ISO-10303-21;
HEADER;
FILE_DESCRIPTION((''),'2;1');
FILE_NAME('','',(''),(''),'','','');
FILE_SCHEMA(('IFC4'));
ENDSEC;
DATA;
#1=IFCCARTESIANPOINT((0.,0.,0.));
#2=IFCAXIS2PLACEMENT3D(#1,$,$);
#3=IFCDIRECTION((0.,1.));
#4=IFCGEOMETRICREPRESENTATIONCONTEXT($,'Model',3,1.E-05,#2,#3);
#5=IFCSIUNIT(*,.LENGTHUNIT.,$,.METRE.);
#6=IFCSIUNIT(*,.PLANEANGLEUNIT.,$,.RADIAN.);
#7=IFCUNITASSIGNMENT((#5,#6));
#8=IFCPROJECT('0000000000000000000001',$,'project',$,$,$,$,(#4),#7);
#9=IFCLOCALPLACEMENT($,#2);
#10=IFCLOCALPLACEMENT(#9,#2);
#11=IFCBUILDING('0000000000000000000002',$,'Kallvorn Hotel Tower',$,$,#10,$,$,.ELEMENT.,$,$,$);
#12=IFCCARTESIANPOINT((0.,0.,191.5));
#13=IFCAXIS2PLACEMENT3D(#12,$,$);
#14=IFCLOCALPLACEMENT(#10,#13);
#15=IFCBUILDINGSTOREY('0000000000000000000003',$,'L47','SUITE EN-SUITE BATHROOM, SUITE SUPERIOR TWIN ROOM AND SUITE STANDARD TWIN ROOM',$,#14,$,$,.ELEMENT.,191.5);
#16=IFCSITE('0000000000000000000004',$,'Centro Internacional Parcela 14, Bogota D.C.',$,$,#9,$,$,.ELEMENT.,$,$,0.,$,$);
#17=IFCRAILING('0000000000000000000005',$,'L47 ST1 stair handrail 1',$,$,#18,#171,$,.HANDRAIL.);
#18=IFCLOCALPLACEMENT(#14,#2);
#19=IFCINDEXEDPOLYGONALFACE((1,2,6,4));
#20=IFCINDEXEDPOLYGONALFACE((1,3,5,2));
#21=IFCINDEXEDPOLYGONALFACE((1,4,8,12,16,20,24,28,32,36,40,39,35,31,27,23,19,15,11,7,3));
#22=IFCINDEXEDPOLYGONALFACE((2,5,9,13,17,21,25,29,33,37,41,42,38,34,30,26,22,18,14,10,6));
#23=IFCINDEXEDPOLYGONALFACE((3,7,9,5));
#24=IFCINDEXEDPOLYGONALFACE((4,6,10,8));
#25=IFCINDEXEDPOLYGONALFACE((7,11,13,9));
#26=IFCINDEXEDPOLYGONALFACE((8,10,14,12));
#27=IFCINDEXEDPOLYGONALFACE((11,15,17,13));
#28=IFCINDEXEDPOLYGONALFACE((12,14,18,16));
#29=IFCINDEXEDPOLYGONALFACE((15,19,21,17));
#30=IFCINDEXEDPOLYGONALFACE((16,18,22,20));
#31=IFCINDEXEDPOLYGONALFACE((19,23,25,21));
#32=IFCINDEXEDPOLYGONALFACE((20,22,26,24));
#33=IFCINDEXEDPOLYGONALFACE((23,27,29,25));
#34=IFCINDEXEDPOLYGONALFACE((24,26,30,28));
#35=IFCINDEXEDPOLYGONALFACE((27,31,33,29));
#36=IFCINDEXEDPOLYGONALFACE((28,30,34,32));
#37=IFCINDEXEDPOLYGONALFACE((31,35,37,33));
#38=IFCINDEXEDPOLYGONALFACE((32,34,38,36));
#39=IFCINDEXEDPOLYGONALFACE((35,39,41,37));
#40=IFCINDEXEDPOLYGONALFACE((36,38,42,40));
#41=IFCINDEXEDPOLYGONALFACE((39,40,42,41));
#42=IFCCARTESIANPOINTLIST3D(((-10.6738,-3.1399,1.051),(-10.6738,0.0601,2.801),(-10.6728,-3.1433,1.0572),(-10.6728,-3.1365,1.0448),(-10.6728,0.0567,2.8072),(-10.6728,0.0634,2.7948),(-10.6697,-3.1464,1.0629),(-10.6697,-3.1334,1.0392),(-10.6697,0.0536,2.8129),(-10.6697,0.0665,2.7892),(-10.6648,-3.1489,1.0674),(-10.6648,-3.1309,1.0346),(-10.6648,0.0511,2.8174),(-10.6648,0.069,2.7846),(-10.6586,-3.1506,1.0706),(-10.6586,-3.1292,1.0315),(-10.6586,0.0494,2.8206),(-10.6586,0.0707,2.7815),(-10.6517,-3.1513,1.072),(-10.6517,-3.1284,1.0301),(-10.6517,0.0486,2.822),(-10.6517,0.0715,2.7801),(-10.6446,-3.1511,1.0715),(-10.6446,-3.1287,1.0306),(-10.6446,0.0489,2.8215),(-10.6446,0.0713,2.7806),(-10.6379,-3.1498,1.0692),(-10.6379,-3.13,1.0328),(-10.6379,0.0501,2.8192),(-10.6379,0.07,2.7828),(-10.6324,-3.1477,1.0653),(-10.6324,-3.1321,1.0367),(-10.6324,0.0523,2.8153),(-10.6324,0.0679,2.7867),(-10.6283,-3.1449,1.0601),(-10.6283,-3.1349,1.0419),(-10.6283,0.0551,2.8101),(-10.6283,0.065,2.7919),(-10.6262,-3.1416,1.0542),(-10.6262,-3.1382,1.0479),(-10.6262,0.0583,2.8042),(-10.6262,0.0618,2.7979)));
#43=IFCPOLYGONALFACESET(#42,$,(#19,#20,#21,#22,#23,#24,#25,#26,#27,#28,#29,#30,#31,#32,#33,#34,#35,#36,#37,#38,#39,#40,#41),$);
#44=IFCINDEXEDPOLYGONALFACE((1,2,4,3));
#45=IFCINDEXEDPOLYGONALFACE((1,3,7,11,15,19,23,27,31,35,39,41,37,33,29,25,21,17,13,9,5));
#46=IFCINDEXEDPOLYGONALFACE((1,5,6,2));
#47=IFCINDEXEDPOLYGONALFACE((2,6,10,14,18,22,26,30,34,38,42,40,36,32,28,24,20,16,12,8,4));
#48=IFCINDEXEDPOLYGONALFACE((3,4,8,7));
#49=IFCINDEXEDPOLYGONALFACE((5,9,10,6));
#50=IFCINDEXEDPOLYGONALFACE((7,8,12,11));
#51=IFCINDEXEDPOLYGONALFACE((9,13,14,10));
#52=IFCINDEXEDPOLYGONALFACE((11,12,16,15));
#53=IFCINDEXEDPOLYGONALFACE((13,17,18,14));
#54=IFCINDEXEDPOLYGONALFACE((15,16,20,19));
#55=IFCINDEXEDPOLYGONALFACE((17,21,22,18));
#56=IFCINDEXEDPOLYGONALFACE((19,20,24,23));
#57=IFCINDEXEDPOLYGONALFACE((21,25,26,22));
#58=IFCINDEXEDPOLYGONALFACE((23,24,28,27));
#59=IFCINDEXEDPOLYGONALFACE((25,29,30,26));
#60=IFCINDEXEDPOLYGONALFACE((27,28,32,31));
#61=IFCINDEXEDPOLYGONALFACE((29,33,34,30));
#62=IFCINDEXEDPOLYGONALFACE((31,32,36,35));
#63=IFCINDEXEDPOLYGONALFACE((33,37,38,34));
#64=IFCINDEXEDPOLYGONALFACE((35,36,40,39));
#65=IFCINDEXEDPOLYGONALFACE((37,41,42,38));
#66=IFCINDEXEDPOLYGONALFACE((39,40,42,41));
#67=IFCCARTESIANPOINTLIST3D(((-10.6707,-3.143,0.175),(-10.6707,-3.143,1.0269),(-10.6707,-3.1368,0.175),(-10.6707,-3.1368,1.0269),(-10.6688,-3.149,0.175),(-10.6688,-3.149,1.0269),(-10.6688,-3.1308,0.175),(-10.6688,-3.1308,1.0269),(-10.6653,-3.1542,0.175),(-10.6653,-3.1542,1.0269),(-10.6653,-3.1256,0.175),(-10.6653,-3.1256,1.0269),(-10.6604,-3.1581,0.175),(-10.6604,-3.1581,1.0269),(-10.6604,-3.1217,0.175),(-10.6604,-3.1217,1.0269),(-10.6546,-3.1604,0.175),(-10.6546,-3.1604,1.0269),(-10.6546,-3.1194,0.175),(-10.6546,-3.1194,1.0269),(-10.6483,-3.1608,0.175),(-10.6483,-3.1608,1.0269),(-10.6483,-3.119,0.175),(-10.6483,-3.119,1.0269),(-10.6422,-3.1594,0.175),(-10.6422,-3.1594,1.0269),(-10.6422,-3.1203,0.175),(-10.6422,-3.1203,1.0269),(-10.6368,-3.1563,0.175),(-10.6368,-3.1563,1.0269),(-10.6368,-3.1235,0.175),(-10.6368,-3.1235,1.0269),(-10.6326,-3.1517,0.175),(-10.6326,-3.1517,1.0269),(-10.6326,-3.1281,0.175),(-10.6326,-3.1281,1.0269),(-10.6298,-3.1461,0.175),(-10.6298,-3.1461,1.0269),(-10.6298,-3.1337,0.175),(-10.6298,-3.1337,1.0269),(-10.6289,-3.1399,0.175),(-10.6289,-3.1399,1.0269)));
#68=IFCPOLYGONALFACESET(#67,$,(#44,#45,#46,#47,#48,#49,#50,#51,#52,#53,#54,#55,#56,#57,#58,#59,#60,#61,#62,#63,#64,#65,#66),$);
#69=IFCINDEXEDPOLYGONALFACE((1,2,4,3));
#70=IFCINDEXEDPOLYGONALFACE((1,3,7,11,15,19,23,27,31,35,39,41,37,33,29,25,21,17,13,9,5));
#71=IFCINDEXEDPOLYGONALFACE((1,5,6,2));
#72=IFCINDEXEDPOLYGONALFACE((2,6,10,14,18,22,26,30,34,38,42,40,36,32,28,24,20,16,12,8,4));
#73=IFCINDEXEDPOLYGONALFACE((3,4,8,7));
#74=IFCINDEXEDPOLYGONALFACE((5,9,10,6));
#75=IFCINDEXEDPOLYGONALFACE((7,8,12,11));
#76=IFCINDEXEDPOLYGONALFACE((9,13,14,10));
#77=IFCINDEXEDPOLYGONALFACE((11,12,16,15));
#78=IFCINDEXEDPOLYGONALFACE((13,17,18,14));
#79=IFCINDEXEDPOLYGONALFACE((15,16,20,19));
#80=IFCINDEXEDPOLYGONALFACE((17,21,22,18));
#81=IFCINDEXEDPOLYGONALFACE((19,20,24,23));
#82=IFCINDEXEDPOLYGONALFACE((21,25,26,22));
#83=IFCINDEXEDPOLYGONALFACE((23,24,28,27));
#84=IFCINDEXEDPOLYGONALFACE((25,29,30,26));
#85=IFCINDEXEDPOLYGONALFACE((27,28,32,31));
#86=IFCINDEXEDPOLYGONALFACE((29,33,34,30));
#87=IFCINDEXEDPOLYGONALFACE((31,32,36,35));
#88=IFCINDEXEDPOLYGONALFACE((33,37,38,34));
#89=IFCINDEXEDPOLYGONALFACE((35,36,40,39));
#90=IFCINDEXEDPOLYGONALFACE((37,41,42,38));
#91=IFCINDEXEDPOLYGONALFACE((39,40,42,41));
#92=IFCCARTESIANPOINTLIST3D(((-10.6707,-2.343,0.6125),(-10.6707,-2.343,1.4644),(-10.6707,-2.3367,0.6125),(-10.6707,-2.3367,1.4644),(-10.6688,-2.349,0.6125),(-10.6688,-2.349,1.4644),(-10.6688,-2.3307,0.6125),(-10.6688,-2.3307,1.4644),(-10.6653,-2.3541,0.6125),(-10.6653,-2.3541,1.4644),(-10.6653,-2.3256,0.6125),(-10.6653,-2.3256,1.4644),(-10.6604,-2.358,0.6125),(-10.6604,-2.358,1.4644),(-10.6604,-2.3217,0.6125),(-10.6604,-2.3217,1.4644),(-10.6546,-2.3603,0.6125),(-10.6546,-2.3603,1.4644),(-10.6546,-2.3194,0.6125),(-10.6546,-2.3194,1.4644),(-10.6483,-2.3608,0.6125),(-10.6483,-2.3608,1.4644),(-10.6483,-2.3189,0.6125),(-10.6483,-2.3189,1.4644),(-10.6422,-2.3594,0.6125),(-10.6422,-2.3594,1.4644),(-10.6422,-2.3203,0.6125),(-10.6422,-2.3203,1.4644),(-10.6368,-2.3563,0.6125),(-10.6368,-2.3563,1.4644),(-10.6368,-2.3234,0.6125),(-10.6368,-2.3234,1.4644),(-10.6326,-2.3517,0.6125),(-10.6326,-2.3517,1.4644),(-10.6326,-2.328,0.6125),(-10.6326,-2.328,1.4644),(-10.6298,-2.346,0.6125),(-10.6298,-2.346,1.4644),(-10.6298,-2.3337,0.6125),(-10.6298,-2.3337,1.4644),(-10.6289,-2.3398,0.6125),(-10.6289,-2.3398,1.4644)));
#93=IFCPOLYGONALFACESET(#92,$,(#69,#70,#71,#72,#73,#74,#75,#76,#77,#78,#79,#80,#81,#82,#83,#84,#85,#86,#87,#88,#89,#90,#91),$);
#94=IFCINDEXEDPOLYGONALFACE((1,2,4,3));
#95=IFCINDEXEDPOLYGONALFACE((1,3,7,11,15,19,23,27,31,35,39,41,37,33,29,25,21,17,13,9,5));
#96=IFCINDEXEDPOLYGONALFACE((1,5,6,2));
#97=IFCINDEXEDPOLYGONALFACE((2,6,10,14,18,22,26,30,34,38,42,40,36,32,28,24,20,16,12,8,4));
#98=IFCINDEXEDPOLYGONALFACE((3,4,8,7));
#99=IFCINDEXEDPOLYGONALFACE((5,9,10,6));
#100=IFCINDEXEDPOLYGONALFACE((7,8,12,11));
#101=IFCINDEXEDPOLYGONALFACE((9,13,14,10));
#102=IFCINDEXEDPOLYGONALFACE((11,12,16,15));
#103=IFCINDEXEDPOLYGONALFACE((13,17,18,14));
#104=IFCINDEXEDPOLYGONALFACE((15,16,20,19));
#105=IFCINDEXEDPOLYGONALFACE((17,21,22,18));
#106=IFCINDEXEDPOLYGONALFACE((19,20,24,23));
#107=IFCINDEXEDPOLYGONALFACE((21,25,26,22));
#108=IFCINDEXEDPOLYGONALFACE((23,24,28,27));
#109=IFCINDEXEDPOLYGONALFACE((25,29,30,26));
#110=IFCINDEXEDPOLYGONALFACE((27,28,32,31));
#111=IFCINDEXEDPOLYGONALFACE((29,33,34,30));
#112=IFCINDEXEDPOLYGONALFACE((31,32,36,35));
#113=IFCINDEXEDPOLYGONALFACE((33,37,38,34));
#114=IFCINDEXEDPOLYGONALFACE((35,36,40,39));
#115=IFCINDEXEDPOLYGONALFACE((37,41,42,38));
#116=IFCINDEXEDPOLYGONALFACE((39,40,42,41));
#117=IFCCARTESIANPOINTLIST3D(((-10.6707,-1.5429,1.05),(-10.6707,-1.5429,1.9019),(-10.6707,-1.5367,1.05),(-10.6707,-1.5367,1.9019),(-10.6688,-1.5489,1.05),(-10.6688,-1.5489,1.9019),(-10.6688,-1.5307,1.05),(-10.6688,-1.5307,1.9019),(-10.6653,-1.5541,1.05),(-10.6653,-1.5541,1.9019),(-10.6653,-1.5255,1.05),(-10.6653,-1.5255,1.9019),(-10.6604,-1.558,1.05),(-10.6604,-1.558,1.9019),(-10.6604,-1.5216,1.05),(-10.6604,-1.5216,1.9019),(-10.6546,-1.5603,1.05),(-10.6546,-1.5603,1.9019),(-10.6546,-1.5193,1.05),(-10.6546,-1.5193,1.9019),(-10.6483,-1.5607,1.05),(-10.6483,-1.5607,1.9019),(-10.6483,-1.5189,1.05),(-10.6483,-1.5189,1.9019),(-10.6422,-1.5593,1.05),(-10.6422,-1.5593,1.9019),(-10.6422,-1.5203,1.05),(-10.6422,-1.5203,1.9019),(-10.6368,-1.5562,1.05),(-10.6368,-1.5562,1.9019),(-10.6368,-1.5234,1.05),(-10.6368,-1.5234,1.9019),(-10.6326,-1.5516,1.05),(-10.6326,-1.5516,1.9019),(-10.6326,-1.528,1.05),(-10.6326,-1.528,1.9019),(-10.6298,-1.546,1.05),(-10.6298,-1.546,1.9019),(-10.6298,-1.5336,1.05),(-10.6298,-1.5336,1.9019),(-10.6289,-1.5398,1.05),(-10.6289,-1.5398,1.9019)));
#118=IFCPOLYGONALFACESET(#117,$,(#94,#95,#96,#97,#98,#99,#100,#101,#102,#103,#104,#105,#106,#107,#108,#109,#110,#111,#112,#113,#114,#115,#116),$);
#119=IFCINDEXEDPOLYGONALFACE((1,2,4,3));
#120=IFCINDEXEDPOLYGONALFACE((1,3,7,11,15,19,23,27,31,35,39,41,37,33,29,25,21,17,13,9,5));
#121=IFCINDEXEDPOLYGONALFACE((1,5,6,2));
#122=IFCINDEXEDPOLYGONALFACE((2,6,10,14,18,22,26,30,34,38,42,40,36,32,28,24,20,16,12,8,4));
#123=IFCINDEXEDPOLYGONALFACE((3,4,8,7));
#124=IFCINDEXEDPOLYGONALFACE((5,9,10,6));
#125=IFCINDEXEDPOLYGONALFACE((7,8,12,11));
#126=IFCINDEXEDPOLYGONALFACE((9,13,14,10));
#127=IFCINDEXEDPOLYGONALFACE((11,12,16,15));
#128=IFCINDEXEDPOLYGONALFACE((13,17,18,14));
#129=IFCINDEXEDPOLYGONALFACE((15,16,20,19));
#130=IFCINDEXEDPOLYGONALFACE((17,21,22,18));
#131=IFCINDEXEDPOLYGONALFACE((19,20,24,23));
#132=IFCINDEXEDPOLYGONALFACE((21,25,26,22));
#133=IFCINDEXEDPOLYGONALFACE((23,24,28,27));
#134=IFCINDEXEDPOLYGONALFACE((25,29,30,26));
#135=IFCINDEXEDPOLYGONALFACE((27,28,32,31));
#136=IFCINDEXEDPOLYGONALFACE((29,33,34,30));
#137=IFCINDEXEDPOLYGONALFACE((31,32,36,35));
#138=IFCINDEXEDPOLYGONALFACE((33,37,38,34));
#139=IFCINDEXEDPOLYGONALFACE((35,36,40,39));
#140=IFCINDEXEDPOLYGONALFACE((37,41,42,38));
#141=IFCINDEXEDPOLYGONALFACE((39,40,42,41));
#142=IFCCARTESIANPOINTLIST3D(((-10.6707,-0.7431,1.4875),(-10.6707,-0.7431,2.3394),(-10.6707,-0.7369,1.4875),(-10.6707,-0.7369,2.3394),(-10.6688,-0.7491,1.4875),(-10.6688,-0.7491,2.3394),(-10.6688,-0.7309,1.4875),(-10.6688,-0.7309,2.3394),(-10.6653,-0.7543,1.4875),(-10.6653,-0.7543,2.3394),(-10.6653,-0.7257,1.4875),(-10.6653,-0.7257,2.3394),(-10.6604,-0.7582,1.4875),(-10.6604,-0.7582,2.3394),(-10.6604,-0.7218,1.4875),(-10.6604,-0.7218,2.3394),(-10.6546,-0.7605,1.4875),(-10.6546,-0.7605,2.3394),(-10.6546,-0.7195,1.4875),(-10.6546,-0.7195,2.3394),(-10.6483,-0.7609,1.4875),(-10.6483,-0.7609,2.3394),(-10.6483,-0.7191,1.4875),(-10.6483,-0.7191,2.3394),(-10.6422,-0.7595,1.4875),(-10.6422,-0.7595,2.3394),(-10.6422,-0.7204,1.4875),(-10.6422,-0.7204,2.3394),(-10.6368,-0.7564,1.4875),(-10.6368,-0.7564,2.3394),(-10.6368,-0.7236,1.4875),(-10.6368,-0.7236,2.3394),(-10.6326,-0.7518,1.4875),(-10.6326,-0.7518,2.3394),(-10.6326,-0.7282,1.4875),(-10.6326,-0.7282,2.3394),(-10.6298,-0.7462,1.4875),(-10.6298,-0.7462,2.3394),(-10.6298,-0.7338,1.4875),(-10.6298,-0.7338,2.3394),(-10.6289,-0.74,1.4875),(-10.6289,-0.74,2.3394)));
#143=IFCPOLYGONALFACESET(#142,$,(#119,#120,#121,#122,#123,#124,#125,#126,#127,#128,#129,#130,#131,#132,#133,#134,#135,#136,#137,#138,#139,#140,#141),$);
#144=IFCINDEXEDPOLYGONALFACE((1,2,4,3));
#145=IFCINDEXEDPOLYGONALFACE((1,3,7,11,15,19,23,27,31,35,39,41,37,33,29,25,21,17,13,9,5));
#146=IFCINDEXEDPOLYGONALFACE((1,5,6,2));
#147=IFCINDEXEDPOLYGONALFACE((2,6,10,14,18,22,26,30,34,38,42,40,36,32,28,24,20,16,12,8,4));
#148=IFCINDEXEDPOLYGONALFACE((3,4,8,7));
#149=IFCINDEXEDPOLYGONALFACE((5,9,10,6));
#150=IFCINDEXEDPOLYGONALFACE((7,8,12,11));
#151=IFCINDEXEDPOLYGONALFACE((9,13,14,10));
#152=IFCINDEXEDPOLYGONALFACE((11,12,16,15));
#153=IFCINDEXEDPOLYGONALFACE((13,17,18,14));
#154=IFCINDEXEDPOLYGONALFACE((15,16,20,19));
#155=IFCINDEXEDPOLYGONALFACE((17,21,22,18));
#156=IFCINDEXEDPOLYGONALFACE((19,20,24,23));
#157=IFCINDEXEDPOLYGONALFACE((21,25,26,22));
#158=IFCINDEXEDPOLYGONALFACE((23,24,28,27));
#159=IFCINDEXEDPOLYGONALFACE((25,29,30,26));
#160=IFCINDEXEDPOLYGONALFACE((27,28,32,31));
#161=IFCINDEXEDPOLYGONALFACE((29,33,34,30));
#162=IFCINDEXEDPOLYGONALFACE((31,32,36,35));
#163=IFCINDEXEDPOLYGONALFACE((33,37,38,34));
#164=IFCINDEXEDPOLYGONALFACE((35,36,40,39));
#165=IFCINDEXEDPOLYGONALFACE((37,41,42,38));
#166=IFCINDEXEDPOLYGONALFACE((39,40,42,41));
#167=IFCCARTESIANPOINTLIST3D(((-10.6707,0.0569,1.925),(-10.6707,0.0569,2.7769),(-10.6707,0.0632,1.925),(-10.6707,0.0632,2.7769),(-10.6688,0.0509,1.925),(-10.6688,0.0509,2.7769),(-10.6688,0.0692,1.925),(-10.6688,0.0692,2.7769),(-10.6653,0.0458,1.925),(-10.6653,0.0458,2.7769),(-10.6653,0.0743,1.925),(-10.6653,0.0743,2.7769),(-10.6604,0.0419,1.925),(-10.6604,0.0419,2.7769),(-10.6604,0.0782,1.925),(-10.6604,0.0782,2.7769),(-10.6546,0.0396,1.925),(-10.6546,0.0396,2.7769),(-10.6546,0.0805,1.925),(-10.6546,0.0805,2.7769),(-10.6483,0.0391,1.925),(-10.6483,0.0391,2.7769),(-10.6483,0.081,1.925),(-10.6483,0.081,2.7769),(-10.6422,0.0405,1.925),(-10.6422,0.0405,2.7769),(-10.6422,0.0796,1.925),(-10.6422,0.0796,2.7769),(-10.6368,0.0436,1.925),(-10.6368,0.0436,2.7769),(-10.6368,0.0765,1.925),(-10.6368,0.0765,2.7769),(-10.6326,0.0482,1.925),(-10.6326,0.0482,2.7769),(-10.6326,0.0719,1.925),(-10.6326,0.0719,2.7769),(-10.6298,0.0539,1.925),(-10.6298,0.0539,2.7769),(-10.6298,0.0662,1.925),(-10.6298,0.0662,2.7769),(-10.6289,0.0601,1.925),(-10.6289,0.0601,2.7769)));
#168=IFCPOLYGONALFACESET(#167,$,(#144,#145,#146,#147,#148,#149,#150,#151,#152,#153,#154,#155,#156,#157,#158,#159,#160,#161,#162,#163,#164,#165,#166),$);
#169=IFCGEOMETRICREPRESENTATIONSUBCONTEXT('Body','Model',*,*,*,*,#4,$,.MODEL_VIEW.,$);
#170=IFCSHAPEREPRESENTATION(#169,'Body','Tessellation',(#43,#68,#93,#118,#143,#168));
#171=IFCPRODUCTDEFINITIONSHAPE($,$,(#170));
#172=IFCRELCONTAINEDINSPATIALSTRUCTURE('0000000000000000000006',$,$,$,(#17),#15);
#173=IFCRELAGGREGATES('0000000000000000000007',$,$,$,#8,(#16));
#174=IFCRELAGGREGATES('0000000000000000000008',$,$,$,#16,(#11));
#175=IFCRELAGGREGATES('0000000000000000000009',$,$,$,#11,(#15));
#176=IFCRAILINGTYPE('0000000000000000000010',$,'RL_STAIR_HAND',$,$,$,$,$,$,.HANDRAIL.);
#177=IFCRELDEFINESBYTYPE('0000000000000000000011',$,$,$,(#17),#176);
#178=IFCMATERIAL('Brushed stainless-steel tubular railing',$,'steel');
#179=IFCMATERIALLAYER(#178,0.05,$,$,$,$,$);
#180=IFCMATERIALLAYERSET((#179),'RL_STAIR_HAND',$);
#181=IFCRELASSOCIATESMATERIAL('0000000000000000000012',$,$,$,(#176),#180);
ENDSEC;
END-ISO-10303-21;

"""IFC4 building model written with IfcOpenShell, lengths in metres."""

from ifc_helpers import new_model, si_unit, direction, frame, origin, origin_2d, place, context, subcontext, project, spatial, circle, extrude, material, layer, layer_set, type_object, element, save


model = new_model("IFC4")

# Units and contexts
model_context = context("Model", 3, precision=1e-05, world=origin(), true_north=direction((0.0, 1.0)))
body_context = subcontext(model_context, "Body", "Model", "MODEL_VIEW")
ifc_project = project(units=[si_unit("LENGTHUNIT", "METRE"), si_unit("PLANEANGLEUNIT", "RADIAN")], contexts=[model_context])

# Site, building, storey
site_placement = place(None, origin())
site = spatial("IfcSite", under=ifc_project, at=site_placement, Name="Centro Internacional Parcela 14, Bogota D.C.", CompositionType="ELEMENT", RefElevation=0.0)
building_placement = place(site_placement, origin())
building = spatial("IfcBuilding", under=site, at=building_placement, Name="Kallvorn Hotel Tower", CompositionType="ELEMENT")
storey_placement = place(building_placement, frame((0.0, 0.0, 191.5)))
storey = spatial("IfcBuildingStorey", under=building, at=storey_placement, Name="L47", Description="SUITE EN-SUITE BATHROOM, SUITE SUPERIOR TWIN ROOM AND SUITE STANDARD TWIN ROOM", CompositionType="ELEMENT", Elevation=191.5)

# Railing
ifc_material_1 = material(Name="Brushed stainless-steel tubular railing", Category="steel")
ifc_layer_1 = layer(ifc_material_1, 0.05)
ifc_layer_set_1 = layer_set([ifc_layer_1], Name="RL_STAIR_HAND")
railing_type_1 = type_object("IfcRailingType", Name="RL_STAIR_HAND", PredefinedType="HANDRAIL", material=ifc_layer_set_1)
railing_1_placement = place(storey_placement, frame((-10.6499, -3.1399, 0.175)))
element("IfcRailing", 1, at=railing_1_placement, inside=storey, type_object=railing_type_1, Name="L47 ST1 stair handrail 1", PredefinedType="HANDRAIL", context=body_context, shape_type="SweptSolid", body=[
    extrude(circle(Radius=0.0239, at=origin_2d()), frame((0.0, 0.0, 0.876), z_axis=(0.0, 0.877368, 0.479818), x_axis=(-1.0, 0.0, 0.0)), (0.0, 0.0, 1.0), 3.6472),
    extrude(circle(Radius=0.021, at=origin_2d()), origin(), (0.0, 0.0, 1.0), 0.8518),
    extrude(circle(Radius=0.021, at=origin_2d()), frame((0.0, 0.8, 0.4375)), (0.0, 0.0, 1.0), 0.8518),
    extrude(circle(Radius=0.021, at=origin_2d()), frame((0.0, 1.6001, 0.875)), (0.0, 0.0, 1.0), 0.8518),
    extrude(circle(Radius=0.021, at=origin_2d()), frame((0.0, 2.3999, 1.3125)), (0.0, 0.0, 1.0), 0.8518),
    extrude(circle(Radius=0.021, at=origin_2d()), frame((0.0, 3.2, 1.75)), (0.0, 0.0, 1.0), 0.8518),
])

save(model, "model.ifc")
